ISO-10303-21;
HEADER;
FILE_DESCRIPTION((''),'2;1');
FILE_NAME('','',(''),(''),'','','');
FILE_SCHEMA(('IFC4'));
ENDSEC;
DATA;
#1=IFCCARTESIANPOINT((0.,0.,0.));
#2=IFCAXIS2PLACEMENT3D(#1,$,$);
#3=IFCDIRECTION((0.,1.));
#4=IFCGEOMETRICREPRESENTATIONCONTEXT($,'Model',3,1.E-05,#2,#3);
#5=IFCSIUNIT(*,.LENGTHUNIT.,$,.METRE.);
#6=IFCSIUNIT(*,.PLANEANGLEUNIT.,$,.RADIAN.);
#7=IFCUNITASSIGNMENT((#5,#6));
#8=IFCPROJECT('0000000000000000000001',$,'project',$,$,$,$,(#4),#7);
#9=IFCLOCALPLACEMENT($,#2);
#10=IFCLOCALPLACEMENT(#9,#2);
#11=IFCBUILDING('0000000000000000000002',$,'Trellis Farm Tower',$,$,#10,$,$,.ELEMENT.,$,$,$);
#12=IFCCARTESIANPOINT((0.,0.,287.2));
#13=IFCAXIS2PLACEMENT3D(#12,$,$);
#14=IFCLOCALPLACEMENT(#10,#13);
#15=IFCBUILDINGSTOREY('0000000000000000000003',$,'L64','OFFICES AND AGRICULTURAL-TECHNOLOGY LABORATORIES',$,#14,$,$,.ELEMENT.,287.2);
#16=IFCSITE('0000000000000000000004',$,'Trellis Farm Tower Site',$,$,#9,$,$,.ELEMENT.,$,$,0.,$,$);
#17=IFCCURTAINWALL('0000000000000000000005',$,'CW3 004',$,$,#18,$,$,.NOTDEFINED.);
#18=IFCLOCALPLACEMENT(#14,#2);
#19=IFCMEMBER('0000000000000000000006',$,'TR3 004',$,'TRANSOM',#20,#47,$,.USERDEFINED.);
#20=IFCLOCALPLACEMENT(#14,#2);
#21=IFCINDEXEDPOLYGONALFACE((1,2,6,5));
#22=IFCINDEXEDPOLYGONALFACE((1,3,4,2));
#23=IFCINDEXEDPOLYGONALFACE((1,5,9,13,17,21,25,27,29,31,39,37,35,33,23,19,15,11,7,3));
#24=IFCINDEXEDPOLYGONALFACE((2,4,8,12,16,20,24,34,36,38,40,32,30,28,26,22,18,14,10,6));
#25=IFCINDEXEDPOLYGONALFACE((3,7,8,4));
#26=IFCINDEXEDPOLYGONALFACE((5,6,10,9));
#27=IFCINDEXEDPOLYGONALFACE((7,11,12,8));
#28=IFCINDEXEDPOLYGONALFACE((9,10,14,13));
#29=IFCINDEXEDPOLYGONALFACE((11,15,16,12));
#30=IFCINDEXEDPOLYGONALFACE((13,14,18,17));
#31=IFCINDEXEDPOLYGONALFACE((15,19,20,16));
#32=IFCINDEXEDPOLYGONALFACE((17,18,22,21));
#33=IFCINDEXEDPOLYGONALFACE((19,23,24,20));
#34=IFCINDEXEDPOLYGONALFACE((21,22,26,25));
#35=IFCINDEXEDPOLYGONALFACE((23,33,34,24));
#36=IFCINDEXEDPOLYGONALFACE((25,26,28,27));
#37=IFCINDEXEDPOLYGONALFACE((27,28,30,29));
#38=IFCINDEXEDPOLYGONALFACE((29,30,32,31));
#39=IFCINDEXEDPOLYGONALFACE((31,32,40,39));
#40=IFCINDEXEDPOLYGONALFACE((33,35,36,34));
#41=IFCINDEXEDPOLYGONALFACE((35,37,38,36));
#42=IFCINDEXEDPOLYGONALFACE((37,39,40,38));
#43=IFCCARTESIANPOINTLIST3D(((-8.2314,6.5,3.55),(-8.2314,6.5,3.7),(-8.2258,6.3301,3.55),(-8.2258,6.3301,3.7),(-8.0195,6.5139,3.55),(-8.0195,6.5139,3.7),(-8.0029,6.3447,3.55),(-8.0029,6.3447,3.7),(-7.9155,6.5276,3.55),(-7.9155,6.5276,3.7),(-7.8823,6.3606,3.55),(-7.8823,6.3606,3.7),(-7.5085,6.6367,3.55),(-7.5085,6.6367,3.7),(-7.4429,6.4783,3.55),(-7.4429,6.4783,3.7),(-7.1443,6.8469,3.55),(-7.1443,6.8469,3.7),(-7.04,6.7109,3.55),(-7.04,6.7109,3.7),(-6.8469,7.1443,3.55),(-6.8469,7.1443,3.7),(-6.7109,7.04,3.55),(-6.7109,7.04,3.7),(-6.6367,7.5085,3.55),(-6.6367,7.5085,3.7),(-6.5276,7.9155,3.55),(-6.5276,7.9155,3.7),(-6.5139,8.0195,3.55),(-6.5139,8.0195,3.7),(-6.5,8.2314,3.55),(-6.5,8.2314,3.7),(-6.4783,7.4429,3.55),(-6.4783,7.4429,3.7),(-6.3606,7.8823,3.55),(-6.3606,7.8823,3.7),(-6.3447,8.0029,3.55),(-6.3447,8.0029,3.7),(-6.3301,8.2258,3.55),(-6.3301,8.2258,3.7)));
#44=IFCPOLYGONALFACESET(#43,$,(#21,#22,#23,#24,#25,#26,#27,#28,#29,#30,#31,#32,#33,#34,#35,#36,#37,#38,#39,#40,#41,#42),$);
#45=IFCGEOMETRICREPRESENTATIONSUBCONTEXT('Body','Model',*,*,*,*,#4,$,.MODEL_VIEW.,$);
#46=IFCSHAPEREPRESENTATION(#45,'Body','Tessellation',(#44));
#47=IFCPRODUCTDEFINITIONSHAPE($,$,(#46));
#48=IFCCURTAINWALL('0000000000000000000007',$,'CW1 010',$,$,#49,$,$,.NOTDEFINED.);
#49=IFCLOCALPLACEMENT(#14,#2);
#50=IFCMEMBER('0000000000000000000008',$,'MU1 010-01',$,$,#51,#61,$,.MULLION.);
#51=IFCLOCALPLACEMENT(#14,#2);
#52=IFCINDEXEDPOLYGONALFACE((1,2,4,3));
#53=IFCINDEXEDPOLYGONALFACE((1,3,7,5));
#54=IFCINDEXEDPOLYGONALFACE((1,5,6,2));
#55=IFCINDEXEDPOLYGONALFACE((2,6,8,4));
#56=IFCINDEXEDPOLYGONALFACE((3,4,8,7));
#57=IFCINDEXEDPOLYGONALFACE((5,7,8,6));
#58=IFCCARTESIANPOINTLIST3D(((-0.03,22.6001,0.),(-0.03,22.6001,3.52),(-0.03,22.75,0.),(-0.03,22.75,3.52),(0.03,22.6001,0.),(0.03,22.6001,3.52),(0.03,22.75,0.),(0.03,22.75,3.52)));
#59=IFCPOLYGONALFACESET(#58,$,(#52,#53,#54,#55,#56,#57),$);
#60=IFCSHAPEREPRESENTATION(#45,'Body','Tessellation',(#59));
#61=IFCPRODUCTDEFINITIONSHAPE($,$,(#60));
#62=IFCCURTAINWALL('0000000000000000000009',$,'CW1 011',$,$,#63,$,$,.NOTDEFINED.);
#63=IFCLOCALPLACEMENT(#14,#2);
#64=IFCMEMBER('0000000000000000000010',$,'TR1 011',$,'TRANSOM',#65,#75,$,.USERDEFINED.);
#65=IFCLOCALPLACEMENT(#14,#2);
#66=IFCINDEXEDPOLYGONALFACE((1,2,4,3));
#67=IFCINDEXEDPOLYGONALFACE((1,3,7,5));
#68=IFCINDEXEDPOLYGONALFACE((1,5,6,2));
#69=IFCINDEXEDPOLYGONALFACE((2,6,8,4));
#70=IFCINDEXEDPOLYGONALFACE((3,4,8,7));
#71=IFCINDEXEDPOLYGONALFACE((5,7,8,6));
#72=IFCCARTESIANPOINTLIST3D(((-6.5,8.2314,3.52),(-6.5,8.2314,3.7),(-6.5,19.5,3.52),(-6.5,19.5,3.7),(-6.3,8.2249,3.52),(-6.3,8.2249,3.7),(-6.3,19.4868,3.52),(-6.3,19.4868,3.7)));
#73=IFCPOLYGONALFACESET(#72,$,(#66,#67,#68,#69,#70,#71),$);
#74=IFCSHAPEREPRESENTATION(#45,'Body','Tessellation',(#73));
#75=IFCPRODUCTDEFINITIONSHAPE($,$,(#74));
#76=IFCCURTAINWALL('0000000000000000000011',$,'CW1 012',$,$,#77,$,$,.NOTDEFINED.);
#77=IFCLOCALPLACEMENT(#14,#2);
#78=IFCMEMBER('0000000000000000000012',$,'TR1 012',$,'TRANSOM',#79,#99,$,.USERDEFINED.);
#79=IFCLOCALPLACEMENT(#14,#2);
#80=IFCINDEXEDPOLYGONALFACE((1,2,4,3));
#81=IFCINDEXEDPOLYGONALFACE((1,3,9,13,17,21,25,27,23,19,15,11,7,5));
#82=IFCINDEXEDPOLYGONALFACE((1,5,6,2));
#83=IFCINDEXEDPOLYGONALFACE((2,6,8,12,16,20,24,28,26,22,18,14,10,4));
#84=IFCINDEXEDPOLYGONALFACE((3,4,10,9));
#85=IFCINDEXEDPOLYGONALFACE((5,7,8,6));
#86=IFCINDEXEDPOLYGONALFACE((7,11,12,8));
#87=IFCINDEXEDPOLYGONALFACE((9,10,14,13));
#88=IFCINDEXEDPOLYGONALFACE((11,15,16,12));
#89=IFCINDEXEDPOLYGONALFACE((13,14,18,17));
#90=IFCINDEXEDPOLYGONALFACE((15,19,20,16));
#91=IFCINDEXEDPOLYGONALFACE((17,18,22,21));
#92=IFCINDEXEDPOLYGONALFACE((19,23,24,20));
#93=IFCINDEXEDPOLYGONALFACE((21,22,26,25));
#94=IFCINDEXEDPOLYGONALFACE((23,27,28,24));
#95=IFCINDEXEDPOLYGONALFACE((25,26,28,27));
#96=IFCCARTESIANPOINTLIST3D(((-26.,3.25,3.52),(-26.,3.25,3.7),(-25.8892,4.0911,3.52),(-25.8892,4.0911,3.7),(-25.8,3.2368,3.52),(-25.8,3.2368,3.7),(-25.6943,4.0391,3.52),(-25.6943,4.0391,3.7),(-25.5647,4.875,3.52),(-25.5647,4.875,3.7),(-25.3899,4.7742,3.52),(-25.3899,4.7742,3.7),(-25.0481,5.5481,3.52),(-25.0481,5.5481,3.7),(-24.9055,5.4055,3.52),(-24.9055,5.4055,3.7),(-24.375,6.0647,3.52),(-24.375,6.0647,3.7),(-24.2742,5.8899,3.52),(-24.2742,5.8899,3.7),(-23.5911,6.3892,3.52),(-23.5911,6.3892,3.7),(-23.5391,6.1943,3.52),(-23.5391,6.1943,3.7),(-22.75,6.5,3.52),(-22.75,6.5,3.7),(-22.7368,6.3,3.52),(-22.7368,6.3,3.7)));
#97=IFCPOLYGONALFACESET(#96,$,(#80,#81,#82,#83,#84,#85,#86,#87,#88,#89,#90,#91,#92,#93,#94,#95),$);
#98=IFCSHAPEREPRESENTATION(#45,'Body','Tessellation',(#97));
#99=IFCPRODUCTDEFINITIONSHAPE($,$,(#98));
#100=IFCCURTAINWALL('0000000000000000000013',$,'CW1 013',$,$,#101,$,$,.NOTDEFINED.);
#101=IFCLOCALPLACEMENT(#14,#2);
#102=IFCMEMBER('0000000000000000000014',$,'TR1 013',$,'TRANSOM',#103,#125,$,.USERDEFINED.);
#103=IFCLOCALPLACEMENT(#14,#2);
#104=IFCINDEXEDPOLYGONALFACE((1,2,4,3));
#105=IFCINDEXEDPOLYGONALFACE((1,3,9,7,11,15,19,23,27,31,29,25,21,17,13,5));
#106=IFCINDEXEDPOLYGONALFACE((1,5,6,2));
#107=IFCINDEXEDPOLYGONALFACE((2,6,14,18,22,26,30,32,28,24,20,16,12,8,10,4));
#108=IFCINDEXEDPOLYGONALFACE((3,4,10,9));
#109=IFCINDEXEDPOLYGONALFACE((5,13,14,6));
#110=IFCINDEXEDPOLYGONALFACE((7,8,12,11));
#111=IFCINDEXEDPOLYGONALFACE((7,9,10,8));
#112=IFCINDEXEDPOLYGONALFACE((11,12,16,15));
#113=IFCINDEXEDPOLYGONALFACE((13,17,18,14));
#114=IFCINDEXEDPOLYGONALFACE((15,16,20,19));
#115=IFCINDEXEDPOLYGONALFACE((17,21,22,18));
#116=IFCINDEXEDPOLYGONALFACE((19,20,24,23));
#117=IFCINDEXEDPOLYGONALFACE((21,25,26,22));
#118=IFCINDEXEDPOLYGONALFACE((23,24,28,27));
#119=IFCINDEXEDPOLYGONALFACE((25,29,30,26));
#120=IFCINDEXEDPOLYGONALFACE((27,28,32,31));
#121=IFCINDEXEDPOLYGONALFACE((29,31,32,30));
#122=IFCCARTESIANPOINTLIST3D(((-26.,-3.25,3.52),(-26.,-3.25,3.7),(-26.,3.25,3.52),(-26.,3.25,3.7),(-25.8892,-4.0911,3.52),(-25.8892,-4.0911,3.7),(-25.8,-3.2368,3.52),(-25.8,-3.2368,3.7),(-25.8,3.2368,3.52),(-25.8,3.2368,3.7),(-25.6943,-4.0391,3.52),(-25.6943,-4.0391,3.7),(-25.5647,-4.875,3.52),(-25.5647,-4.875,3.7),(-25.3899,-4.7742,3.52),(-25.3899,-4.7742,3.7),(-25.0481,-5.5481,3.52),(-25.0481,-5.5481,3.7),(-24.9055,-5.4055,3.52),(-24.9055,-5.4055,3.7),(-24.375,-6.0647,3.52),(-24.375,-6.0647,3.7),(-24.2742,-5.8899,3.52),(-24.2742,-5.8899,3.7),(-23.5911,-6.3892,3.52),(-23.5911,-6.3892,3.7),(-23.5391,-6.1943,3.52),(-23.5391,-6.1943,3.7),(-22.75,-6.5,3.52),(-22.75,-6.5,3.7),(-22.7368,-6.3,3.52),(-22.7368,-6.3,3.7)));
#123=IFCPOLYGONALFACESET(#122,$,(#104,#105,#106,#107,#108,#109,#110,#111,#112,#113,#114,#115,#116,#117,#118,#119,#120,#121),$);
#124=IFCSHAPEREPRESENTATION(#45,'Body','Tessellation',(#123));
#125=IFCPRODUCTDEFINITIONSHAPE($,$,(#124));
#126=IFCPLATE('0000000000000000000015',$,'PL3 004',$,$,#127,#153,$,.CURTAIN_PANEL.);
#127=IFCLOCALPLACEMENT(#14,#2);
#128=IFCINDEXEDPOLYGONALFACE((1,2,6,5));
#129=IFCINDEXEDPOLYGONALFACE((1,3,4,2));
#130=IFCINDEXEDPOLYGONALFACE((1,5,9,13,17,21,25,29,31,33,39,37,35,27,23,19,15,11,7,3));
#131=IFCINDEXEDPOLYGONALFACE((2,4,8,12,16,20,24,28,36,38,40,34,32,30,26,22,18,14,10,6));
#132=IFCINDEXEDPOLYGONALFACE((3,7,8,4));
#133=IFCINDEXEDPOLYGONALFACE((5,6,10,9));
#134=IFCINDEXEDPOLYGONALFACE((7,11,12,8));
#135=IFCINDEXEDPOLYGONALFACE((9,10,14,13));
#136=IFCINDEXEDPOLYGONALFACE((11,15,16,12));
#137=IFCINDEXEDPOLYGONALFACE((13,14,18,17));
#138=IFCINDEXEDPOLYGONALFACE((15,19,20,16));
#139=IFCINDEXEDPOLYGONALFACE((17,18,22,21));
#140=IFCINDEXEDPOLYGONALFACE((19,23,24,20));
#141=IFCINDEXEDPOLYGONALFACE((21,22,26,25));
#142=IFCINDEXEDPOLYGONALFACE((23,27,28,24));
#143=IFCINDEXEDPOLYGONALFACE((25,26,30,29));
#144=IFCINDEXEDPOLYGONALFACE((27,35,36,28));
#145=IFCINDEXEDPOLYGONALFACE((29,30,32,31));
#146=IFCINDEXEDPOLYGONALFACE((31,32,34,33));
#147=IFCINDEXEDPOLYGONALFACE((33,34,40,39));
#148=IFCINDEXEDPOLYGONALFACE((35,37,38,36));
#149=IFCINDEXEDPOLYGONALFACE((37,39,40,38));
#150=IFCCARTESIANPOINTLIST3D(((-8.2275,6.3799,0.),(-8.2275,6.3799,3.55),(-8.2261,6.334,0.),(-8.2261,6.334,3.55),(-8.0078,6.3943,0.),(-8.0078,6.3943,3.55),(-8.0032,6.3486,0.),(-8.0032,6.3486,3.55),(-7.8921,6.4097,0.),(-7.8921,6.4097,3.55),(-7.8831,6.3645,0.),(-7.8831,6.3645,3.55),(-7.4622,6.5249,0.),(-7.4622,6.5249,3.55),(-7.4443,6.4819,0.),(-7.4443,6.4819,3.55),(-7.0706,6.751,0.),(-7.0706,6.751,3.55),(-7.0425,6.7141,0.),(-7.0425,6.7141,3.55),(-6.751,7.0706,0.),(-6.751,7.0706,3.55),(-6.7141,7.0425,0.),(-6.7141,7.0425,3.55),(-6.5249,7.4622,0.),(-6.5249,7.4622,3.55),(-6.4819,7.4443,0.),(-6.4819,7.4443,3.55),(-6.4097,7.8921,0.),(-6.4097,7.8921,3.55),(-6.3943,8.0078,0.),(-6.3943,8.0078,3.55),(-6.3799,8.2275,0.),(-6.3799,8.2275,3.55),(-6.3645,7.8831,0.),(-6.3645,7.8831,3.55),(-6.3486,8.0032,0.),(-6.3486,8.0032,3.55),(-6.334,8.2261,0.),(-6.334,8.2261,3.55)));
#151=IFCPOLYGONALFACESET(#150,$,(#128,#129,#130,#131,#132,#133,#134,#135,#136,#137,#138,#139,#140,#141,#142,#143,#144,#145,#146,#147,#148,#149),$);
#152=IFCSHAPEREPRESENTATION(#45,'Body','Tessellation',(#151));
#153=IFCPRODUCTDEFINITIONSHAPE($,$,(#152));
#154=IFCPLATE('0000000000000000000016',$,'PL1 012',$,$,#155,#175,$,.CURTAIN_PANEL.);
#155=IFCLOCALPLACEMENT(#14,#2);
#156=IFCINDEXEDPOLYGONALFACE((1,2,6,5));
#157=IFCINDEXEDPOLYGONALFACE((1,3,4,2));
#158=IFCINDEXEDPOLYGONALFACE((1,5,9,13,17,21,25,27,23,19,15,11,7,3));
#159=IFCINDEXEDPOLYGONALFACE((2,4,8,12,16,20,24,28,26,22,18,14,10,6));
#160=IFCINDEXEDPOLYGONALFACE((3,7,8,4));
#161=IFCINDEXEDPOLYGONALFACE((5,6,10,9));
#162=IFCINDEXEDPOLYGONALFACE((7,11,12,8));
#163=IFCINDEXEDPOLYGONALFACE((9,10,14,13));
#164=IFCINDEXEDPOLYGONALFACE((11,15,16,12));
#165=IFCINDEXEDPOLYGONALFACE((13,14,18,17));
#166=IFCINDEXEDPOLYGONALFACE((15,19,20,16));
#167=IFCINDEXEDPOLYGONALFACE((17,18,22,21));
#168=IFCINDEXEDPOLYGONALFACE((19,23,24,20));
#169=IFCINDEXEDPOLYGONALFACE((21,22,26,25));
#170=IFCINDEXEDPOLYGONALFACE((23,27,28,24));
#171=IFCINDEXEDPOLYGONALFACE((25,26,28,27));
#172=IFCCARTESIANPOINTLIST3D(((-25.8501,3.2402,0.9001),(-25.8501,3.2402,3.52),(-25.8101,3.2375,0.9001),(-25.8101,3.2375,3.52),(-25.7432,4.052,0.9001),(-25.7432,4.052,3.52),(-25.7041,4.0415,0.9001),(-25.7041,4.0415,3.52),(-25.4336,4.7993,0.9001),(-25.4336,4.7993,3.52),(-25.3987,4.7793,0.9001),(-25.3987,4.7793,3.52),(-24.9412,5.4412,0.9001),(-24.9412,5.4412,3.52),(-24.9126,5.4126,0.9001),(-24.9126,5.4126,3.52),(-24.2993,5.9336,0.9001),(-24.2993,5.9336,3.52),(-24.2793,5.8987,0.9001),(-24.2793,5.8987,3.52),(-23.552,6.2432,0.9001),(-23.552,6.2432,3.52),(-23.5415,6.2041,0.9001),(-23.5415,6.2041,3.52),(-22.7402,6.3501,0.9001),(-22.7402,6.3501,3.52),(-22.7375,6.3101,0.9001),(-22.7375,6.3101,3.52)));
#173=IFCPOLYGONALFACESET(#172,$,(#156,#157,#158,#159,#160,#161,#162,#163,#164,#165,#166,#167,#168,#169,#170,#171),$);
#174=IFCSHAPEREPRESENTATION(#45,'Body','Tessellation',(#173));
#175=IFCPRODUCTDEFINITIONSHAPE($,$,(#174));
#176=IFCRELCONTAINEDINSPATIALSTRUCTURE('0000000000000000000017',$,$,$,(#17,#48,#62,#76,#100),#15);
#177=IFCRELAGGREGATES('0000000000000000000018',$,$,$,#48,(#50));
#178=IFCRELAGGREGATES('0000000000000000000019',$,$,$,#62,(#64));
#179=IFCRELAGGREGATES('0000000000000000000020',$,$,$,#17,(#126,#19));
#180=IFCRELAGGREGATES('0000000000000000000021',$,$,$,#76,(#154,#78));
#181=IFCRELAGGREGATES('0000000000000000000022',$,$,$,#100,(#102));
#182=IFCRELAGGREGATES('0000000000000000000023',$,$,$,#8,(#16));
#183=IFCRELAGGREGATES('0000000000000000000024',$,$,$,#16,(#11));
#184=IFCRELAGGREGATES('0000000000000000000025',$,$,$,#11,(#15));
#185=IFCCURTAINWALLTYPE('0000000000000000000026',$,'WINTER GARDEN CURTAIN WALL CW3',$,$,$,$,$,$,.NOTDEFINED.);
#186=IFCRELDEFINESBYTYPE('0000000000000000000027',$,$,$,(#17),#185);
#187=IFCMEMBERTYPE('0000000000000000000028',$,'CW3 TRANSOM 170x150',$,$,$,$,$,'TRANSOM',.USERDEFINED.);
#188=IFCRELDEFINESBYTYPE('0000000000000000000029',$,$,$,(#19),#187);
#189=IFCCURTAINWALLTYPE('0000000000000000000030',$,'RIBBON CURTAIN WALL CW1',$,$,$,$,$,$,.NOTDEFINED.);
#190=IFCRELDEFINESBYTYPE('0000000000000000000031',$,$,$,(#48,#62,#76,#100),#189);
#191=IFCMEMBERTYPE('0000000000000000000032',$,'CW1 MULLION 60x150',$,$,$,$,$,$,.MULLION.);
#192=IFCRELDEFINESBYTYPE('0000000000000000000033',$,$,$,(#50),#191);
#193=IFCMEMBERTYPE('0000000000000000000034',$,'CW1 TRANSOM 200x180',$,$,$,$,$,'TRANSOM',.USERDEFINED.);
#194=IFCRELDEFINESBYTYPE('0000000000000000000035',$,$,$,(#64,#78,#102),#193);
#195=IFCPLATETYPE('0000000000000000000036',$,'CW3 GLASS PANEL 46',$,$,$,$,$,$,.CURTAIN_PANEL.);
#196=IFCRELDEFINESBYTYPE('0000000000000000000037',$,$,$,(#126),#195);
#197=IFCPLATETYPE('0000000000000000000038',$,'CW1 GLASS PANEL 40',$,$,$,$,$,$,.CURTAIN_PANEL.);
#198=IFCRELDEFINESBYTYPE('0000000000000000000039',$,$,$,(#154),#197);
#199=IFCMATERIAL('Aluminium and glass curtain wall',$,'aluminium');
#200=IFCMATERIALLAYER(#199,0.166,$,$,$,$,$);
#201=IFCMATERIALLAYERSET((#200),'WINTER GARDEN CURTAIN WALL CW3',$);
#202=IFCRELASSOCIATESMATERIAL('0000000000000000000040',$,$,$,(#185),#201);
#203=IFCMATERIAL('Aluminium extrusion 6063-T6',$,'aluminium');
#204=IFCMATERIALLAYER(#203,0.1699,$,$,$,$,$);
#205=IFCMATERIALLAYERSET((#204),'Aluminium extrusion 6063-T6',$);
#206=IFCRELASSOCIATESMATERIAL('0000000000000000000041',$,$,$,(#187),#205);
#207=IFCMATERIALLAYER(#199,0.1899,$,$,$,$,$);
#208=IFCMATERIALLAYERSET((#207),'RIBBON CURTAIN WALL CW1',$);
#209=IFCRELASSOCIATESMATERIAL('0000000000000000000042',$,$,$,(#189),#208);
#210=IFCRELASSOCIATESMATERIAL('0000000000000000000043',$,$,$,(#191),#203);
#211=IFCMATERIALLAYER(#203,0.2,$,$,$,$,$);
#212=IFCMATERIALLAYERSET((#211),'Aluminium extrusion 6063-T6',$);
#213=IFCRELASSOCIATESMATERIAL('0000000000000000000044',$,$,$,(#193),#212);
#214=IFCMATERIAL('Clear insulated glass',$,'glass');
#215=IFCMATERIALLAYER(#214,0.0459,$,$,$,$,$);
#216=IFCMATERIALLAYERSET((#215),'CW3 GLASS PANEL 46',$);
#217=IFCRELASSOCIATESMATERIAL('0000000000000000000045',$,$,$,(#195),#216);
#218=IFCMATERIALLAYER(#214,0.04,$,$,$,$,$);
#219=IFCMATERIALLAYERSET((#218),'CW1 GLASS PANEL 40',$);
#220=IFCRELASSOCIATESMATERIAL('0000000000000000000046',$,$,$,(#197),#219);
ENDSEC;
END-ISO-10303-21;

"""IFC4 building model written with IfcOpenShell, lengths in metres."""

from ifc_helpers import new_model, si_unit, direction, frame, origin, origin_2d, place, context, subcontext, project, spatial, polyline, rectangle, outline, extrude, source, transform, mapped, material, layer, layer_set, material_profile, profile_set, type_object, element, aggregate, save


model = new_model("IFC4")

# Units and contexts
model_context = context("Model", 3, precision=1e-05, world=origin(), true_north=direction((0.0, 1.0)))
body_context = subcontext(model_context, "Body", "Model", "MODEL_VIEW")
ifc_project = project(units=[si_unit("LENGTHUNIT", "METRE"), si_unit("PLANEANGLEUNIT", "RADIAN")], contexts=[model_context])

# Site, building, storey
site_placement = place(None, origin())
site = spatial("IfcSite", under=ifc_project, at=site_placement, Name="Trellis Farm Tower Site", CompositionType="ELEMENT", RefElevation=0.0)
building_placement = place(site_placement, origin())
building = spatial("IfcBuilding", under=site, at=building_placement, Name="Trellis Farm Tower", CompositionType="ELEMENT")
storey_placement = place(building_placement, frame((0.0, 0.0, 287.2)))
storey = spatial("IfcBuildingStorey", under=building, at=storey_placement, Name="L64", Description="OFFICES AND AGRICULTURAL-TECHNOLOGY LABORATORIES", CompositionType="ELEMENT", Elevation=287.2)

# Curtain walls, members
ifc_material_1 = material(Name="Aluminium and glass curtain wall", Category="aluminium")
ifc_layer_1 = layer(ifc_material_1, 0.166)
ifc_layer_set_1 = layer_set([ifc_layer_1], Name="WINTER GARDEN CURTAIN WALL CW3")
curtain_wall_type_1 = type_object("IfcCurtainWallType", Name="WINTER GARDEN CURTAIN WALL CW3", PredefinedType="NOTDEFINED", material=ifc_layer_set_1)
placement_1 = place(storey_placement, origin())
curtain_wall_1 = element("IfcCurtainWall", 1, at=placement_1, inside=storey, type_object=curtain_wall_type_1, Name="CW3 004", PredefinedType="NOTDEFINED")
ifc_material_2 = material(Name="Aluminium extrusion 6063-T6", Category="aluminium")
ifc_layer_2 = layer(ifc_material_2, 0.1699)
ifc_layer_set_2 = layer_set([ifc_layer_2], Name="Aluminium extrusion 6063-T6")
member_type_1 = type_object("IfcMemberType", Name="CW3 TRANSOM 170x150", ElementType="TRANSOM", PredefinedType="USERDEFINED", material=ifc_layer_set_2)
shared_shape_1 = source(origin(), body_context, "Body", "SweptSolid", [
    extrude(outline(polyline([(-6.5, 8.2314), (-6.5139, 8.0195), (-6.5276, 7.9155), (-6.6367, 7.5085), (-6.8469, 7.1443), (-7.1443, 6.8469), (-7.5085, 6.6367), (-7.9155, 6.5276), (-8.0195, 6.5139), (-8.2314, 6.5), (-8.2258, 6.3301), (-8.0029, 6.3447), (-7.8823, 6.3606), (-7.4429, 6.4783), (-7.04, 6.7109), (-6.7109, 7.04), (-6.4783, 7.4429), (-6.3606, 7.8823), (-6.3447, 8.0029), (-6.3301, 8.2258), (-6.5, 8.2314)])), origin(), (0.0, 0.0, 1.0), 0.1499),
])
member_1_placement = place(storey_placement, frame((0.0, 0.0, 3.55)))
member_1 = element("IfcMember", 2, at=member_1_placement, type_object=member_type_1, Name="TR3 004", ObjectType="TRANSOM", PredefinedType="USERDEFINED", context=body_context, shape_type="MappedRepresentation", body=[
    mapped(shared_shape_1, transform((0.0, 0.0, 0.0))),
])
ifc_layer_3 = layer(ifc_material_1, 0.1899)
ifc_layer_set_3 = layer_set([ifc_layer_3], Name="RIBBON CURTAIN WALL CW1")
curtain_wall_type_2 = type_object("IfcCurtainWallType", Name="RIBBON CURTAIN WALL CW1", PredefinedType="NOTDEFINED", material=ifc_layer_set_3)
curtain_wall_2 = element("IfcCurtainWall", 3, at=placement_1, inside=storey, type_object=curtain_wall_type_2, Name="CW1 010", PredefinedType="NOTDEFINED")
ifc_material_profile = material_profile(ifc_material_2, rectangle(XDim=0.0601, YDim=0.1499, at=origin_2d()), Name="MULLION 60x150")
ifc_profile_set = profile_set([ifc_material_profile], Name="Aluminium extrusion 6063-T6")
member_type_2 = type_object("IfcMemberType", Name="CW1 MULLION 60x150", PredefinedType="MULLION", material=ifc_profile_set)
shared_shape_2 = source(origin(), body_context, "Body", "SweptSolid", [
    extrude(rectangle(XDim=0.0601, YDim=0.1499, at=origin_2d()), origin(), (0.0, 0.0, 1.0), 3.52),
])
member_2_placement = place(storey_placement, frame((0.0, 22.675, 0.0), z_axis=(0.0, 0.0, 1.0), x_axis=(-1.0, 0.0, 0.0)))
member_2 = element("IfcMember", 4, at=member_2_placement, type_object=member_type_2, Name="MU1 010-01", PredefinedType="MULLION", context=body_context, shape_type="MappedRepresentation", body=[
    mapped(shared_shape_2, transform((0.0, 0.0, 0.0))),
])
aggregate(curtain_wall_2, [member_2])
curtain_wall_3 = element("IfcCurtainWall", 5, at=placement_1, inside=storey, type_object=curtain_wall_type_2, Name="CW1 011", PredefinedType="NOTDEFINED")
ifc_layer_4 = layer(ifc_material_2, 0.2)
ifc_layer_set_4 = layer_set([ifc_layer_4], Name="Aluminium extrusion 6063-T6")
member_type_3 = type_object("IfcMemberType", Name="CW1 TRANSOM 200x180", ElementType="TRANSOM", PredefinedType="USERDEFINED", material=ifc_layer_set_4)
shared_shape_3 = source(origin(), body_context, "Body", "SweptSolid", [
    extrude(outline(polyline([(-6.5, 19.5), (-6.5, 8.2314), (-6.3, 8.2249), (-6.3, 19.4868), (-6.5, 19.5)])), origin(), (0.0, 0.0, 1.0), 0.1799),
])
placement_2 = place(storey_placement, frame((0.0, 0.0, 3.52)))
member_3 = element("IfcMember", 6, at=placement_2, type_object=member_type_3, Name="TR1 011", ObjectType="TRANSOM", PredefinedType="USERDEFINED", context=body_context, shape_type="MappedRepresentation", body=[
    mapped(shared_shape_3, transform((0.0, 0.0, 0.0))),
])
aggregate(curtain_wall_3, [member_3])
curtain_wall_4 = element("IfcCurtainWall", 7, at=placement_1, inside=storey, type_object=curtain_wall_type_2, Name="CW1 012", PredefinedType="NOTDEFINED")
shared_shape_4 = source(origin(), body_context, "Body", "SweptSolid", [
    extrude(outline(polyline([(-22.75, 6.5), (-23.5911, 6.3892), (-24.375, 6.0647), (-25.0481, 5.5481), (-25.5647, 4.875), (-25.8892, 4.0911), (-26.0, 3.25), (-25.8, 3.2368), (-25.6943, 4.0391), (-25.3899, 4.7742), (-24.9055, 5.4055), (-24.2742, 5.8899), (-23.5391, 6.1943), (-22.7368, 6.3), (-22.75, 6.5)])), origin(), (0.0, 0.0, 1.0), 0.1799),
])
member_4 = element("IfcMember", 8, at=placement_2, type_object=member_type_3, Name="TR1 012", ObjectType="TRANSOM", PredefinedType="USERDEFINED", context=body_context, shape_type="MappedRepresentation", body=[
    mapped(shared_shape_4, transform((0.0, 0.0, 0.0))),
])
curtain_wall_5 = element("IfcCurtainWall", 9, at=placement_1, inside=storey, type_object=curtain_wall_type_2, Name="CW1 013", PredefinedType="NOTDEFINED")
shared_shape_5 = source(origin(), body_context, "Body", "SweptSolid", [
    extrude(outline(polyline([(-26.0, 3.25), (-26.0, -3.25), (-25.8892, -4.0911), (-25.5647, -4.875), (-25.0481, -5.5481), (-24.375, -6.0647), (-23.5911, -6.3892), (-22.75, -6.5), (-22.7368, -6.3), (-23.5391, -6.1943), (-24.2742, -5.8899), (-24.9055, -5.4055), (-25.3899, -4.7742), (-25.6943, -4.0391), (-25.8, -3.2368), (-25.8, 3.2368), (-26.0, 3.25)])), origin(), (0.0, 0.0, 1.0), 0.1799),
])
member_5 = element("IfcMember", 10, at=placement_2, type_object=member_type_3, Name="TR1 013", ObjectType="TRANSOM", PredefinedType="USERDEFINED", context=body_context, shape_type="MappedRepresentation", body=[
    mapped(shared_shape_5, transform((0.0, 0.0, 0.0))),
])

# Plates
ifc_material_3 = material(Name="Clear insulated glass", Category="glass")
ifc_layer_5 = layer(ifc_material_3, 0.0459)
ifc_layer_set_5 = layer_set([ifc_layer_5], Name="CW3 GLASS PANEL 46")
plate_type_1 = type_object("IfcPlateType", Name="CW3 GLASS PANEL 46", PredefinedType="CURTAIN_PANEL", material=ifc_layer_set_5)
shared_shape_6 = source(origin(), body_context, "Body", "SweptSolid", [
    extrude(outline(polyline([(-6.3799, 8.2275), (-6.3943, 8.0078), (-6.4097, 7.8921), (-6.5249, 7.4622), (-6.751, 7.0706), (-7.0706, 6.751), (-7.4622, 6.5249), (-7.8921, 6.4097), (-8.0078, 6.3943), (-8.2275, 6.3799), (-8.2261, 6.334), (-8.0032, 6.3486), (-7.8831, 6.3645), (-7.4443, 6.4819), (-7.0425, 6.7141), (-6.7141, 7.0425), (-6.4819, 7.4443), (-6.3645, 7.8831), (-6.3486, 8.0032), (-6.334, 8.2261), (-6.3799, 8.2275)])), origin(), (0.0, 0.0, 1.0), 3.55),
])
plate_1 = element("IfcPlate", 11, at=placement_1, type_object=plate_type_1, Name="PL3 004", PredefinedType="CURTAIN_PANEL", context=body_context, shape_type="MappedRepresentation", body=[
    mapped(shared_shape_6, transform((0.0, 0.0, 0.0))),
])
aggregate(curtain_wall_1, [plate_1, member_1])
ifc_layer_6 = layer(ifc_material_3, 0.04)
ifc_layer_set_6 = layer_set([ifc_layer_6], Name="CW1 GLASS PANEL 40")
plate_type_2 = type_object("IfcPlateType", Name="CW1 GLASS PANEL 40", PredefinedType="CURTAIN_PANEL", material=ifc_layer_set_6)
shared_shape_7 = source(origin(), body_context, "Body", "SweptSolid", [
    extrude(outline(polyline([(-22.7402, 6.3501), (-23.552, 6.2432), (-24.2993, 5.9336), (-24.9412, 5.4412), (-25.4336, 4.7993), (-25.7432, 4.052), (-25.8501, 3.2402), (-25.8101, 3.2375), (-25.7041, 4.0415), (-25.3987, 4.7793), (-24.9126, 5.4126), (-24.2793, 5.8987), (-23.5415, 6.2041), (-22.7375, 6.3101), (-22.7402, 6.3501)])), origin(), (0.0, 0.0, 1.0), 2.6199),
])
placement_3 = place(storey_placement, frame((0.0, 0.0, 0.9001)))
plate_2 = element("IfcPlate", 12, at=placement_3, type_object=plate_type_2, Name="PL1 012", PredefinedType="CURTAIN_PANEL", context=body_context, shape_type="MappedRepresentation", body=[
    mapped(shared_shape_7, transform((0.0, 0.0, 0.0))),
])
aggregate(curtain_wall_4, [plate_2, member_4])
aggregate(curtain_wall_5, [member_5])

save(model, "model.ifc")
